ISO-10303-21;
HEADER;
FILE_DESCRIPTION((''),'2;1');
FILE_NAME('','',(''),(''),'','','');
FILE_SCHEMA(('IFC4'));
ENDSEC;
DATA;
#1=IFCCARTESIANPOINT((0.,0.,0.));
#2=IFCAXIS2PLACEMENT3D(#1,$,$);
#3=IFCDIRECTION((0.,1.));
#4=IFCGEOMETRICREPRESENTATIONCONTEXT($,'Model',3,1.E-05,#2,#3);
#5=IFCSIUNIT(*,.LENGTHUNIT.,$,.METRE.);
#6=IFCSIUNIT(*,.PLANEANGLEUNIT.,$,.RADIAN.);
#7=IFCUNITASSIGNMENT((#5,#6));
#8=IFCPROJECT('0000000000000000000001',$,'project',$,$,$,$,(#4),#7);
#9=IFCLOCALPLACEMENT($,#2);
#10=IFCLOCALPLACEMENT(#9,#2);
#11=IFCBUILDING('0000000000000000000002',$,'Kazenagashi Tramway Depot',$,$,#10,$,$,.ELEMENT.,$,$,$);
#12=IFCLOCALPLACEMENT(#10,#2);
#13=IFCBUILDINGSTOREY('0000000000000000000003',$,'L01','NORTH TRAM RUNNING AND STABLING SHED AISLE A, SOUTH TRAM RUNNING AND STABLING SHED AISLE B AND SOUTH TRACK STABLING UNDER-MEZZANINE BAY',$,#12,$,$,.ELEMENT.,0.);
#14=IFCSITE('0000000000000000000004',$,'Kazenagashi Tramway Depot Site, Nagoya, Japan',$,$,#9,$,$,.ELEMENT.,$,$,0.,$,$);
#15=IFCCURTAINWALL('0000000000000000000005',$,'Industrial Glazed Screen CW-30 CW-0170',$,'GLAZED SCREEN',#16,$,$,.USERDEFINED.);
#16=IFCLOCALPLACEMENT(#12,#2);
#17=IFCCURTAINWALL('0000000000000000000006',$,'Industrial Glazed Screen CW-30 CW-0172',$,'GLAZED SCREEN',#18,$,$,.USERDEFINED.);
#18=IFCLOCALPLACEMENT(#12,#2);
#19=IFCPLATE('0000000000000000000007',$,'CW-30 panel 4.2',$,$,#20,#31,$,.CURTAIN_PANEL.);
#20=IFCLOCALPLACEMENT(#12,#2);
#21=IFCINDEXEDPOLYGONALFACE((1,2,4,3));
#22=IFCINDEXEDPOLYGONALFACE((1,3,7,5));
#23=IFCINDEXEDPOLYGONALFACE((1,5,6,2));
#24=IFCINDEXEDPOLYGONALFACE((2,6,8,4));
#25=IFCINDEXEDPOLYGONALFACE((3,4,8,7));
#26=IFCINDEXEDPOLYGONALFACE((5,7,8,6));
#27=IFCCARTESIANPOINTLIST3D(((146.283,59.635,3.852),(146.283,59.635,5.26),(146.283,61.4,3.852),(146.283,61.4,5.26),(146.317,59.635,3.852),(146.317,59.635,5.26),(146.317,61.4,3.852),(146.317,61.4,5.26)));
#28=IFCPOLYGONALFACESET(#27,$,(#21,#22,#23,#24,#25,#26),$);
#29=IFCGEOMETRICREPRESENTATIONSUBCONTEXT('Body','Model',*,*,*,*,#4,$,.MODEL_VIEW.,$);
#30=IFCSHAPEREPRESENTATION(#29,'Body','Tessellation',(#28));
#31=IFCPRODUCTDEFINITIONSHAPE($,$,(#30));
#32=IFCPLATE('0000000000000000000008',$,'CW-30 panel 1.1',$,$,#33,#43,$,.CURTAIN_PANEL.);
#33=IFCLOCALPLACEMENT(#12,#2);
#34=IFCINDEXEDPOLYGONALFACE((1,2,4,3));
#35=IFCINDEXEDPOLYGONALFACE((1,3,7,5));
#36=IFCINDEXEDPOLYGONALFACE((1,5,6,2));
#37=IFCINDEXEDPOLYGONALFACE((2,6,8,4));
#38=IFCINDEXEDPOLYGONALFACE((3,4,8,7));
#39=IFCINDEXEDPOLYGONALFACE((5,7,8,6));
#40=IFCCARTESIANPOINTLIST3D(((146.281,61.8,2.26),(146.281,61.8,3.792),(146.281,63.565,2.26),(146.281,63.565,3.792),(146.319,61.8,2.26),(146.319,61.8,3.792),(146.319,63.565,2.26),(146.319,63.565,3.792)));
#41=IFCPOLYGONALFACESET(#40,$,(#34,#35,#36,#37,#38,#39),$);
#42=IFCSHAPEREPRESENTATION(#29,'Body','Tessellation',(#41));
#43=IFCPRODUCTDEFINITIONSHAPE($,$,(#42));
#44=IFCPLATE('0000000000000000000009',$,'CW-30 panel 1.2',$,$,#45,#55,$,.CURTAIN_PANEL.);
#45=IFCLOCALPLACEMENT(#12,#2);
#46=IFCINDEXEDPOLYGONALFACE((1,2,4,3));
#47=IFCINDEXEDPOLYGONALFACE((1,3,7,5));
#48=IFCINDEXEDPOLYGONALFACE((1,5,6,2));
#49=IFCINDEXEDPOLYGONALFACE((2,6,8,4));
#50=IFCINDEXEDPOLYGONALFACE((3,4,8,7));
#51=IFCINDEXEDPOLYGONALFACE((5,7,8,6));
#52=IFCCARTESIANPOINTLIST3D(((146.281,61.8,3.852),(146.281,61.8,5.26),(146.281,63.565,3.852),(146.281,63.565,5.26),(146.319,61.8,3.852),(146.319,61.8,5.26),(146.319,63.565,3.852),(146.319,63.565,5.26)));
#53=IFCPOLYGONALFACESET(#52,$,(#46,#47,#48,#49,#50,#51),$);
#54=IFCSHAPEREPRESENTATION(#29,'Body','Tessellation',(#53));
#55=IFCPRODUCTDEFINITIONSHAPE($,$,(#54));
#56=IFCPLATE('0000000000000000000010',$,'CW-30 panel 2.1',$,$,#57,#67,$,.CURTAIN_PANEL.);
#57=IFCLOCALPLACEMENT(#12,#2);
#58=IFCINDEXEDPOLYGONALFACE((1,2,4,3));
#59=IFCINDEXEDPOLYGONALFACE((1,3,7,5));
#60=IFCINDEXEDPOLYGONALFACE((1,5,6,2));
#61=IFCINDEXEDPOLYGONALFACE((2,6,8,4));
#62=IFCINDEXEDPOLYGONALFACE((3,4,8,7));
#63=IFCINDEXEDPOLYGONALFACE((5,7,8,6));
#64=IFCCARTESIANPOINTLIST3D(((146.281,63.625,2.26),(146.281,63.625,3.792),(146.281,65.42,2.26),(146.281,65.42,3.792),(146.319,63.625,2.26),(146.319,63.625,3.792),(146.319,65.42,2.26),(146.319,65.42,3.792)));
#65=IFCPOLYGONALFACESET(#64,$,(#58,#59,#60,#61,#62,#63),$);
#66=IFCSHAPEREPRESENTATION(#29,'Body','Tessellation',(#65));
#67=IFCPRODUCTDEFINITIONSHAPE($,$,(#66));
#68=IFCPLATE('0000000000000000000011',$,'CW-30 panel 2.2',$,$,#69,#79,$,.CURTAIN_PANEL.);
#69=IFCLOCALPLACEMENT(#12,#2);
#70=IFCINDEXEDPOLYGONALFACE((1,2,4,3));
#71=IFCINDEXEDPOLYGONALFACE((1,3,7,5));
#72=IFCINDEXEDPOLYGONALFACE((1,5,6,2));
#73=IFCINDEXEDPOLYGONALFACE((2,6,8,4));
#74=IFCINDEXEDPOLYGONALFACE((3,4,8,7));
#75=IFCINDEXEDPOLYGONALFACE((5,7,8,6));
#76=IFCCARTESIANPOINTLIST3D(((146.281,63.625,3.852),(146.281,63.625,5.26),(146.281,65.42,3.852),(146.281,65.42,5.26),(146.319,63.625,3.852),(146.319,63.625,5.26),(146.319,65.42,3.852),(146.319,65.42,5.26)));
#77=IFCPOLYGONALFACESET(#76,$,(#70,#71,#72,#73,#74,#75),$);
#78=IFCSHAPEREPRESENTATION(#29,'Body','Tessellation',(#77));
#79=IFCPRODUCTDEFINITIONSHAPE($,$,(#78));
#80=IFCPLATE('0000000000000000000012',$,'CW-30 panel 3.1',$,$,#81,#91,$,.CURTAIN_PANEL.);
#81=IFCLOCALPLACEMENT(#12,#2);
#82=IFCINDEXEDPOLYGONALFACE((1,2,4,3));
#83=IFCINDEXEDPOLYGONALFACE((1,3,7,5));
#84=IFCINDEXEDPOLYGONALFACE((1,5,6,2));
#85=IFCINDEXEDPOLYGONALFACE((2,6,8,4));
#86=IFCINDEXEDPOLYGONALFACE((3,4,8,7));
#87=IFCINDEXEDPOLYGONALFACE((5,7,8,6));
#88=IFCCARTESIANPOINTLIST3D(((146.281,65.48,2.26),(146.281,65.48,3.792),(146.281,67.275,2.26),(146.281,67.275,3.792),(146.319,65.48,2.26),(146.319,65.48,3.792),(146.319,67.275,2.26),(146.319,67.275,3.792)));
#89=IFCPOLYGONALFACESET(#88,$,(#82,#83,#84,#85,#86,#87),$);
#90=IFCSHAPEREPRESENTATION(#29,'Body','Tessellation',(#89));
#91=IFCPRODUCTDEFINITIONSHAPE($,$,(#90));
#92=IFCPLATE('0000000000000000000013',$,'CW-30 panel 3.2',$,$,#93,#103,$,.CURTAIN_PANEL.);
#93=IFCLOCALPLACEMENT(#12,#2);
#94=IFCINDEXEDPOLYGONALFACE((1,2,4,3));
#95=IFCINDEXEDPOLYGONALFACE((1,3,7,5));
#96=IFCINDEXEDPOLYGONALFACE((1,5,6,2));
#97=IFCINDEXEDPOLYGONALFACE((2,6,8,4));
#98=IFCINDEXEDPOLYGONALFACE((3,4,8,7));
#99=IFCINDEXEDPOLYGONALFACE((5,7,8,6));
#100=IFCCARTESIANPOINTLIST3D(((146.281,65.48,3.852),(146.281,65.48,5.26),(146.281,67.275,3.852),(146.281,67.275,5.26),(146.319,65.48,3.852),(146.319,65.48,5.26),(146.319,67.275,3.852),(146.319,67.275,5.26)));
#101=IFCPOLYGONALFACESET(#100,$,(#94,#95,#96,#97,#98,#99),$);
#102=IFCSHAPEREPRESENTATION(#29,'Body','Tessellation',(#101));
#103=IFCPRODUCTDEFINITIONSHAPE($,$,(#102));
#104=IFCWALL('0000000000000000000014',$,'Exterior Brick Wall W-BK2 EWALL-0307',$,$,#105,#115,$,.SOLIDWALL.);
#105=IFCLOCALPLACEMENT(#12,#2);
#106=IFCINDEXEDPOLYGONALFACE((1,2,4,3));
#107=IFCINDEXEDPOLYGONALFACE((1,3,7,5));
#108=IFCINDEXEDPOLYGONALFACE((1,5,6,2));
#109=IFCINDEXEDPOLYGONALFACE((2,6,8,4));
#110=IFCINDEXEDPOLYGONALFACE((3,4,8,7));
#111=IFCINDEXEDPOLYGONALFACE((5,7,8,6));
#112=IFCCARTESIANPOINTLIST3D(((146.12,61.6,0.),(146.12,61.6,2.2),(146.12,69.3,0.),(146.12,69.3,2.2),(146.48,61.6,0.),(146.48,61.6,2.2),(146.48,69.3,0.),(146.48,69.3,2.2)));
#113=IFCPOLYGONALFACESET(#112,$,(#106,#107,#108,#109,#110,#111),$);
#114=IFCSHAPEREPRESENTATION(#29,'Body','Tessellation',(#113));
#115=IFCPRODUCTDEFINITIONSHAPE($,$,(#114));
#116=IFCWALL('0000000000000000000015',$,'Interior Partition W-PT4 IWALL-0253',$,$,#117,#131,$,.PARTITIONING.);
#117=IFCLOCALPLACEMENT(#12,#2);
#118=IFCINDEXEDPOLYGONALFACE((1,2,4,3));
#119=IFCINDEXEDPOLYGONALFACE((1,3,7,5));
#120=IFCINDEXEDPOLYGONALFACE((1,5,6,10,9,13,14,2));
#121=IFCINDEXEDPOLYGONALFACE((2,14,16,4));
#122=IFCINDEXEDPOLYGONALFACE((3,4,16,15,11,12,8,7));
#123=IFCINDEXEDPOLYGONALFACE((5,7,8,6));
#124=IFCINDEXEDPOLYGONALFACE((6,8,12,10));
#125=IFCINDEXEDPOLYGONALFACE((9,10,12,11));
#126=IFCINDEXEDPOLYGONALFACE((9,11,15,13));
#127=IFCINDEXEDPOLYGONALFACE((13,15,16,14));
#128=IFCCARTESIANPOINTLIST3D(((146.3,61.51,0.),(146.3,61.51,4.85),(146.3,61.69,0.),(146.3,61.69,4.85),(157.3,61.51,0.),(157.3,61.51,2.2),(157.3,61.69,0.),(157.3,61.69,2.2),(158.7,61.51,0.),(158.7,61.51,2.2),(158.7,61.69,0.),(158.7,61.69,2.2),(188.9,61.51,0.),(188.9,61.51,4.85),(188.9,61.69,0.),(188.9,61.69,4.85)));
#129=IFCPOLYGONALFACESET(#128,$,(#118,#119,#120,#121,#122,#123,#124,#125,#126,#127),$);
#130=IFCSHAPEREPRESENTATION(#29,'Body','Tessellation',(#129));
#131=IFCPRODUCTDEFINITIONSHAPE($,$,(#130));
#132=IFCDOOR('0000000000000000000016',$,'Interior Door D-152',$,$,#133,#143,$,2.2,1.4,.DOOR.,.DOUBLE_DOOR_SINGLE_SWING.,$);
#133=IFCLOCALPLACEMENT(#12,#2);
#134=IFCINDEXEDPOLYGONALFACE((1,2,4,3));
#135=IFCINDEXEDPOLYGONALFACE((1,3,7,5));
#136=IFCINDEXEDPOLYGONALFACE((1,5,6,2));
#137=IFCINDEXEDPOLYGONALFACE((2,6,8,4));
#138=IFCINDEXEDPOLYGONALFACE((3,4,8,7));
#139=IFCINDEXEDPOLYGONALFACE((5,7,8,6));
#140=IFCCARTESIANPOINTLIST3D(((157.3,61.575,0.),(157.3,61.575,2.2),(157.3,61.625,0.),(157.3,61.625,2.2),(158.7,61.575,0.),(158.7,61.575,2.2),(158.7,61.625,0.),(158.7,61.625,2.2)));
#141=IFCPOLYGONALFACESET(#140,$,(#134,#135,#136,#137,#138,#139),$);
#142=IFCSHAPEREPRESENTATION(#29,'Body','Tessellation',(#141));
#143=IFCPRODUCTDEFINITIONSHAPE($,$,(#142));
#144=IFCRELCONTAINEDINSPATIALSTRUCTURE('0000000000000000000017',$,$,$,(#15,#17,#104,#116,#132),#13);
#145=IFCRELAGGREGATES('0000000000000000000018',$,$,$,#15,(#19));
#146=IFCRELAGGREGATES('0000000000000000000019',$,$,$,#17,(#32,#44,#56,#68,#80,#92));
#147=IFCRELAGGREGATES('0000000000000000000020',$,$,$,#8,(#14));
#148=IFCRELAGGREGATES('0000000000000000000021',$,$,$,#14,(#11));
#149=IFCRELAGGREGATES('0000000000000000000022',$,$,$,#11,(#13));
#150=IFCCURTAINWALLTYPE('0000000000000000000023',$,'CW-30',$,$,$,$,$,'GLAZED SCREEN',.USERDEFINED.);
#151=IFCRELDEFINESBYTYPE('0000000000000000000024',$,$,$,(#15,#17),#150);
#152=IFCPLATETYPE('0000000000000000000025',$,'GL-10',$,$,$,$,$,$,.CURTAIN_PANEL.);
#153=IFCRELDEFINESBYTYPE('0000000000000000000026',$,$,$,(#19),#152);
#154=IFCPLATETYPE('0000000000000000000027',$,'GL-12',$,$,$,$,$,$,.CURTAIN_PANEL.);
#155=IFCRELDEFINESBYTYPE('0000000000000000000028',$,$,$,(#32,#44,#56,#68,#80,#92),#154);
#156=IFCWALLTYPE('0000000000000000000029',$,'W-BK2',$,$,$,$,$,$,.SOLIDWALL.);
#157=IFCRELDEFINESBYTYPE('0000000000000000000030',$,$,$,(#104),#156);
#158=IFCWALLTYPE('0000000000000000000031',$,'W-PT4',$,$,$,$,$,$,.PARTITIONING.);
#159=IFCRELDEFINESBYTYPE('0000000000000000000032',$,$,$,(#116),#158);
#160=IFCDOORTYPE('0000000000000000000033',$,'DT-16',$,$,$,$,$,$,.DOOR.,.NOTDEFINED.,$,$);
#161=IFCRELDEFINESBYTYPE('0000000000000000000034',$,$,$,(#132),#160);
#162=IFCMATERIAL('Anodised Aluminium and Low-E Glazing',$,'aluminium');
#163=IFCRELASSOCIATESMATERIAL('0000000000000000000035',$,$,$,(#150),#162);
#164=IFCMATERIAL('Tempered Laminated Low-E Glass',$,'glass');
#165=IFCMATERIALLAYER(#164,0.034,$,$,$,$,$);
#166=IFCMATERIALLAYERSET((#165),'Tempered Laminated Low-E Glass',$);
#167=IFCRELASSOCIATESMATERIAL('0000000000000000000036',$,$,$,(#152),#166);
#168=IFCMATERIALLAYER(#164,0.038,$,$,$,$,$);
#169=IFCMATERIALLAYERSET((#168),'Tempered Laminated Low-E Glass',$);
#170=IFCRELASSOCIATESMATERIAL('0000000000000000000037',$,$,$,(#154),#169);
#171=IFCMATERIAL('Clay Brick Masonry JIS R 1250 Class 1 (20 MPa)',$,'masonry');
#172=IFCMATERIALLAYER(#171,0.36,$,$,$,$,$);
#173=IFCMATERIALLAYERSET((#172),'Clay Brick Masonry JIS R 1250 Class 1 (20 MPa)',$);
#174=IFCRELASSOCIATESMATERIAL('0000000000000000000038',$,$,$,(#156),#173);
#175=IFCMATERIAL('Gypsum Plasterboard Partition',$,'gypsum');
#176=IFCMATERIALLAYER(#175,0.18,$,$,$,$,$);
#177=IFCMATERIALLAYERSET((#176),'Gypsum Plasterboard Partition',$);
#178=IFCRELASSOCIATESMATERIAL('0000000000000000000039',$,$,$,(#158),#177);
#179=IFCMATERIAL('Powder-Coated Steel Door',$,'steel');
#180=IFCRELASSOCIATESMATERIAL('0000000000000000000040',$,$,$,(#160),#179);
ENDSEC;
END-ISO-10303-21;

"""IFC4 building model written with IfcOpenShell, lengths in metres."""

from ifc_helpers import new_model, si_unit, direction, frame, frame_2d, origin, origin_2d, place, context, subcontext, project, spatial, rectangle, extrude, material, layer, layer_set, type_object, element, fill, aggregate, save


model = new_model("IFC4")

# Units and contexts
model_context = context("Model", 3, precision=1e-05, world=origin(), true_north=direction((0.0, 1.0)))
body_context = subcontext(model_context, "Body", "Model", "MODEL_VIEW")
ifc_project = project(units=[si_unit("LENGTHUNIT", "METRE"), si_unit("PLANEANGLEUNIT", "RADIAN")], contexts=[model_context])

# Site, building, storey
site_placement = place(None, origin())
site = spatial("IfcSite", under=ifc_project, at=site_placement, Name="Kazenagashi Tramway Depot Site, Nagoya, Japan", CompositionType="ELEMENT", RefElevation=0.0)
building_placement = place(site_placement, origin())
building = spatial("IfcBuilding", under=site, at=building_placement, Name="Kazenagashi Tramway Depot", CompositionType="ELEMENT")
storey_placement = place(building_placement, origin())
storey = spatial("IfcBuildingStorey", under=building, at=storey_placement, Name="L01", Description="NORTH TRAM RUNNING AND STABLING SHED AISLE A, SOUTH TRAM RUNNING AND STABLING SHED AISLE B AND SOUTH TRACK STABLING UNDER-MEZZANINE BAY", CompositionType="ELEMENT", Elevation=0.0)

# Curtain wall
ifc_material_1 = material(Name="Anodised Aluminium and Low-E Glazing", Category="aluminium")
curtain_wall_type = type_object("IfcCurtainWallType", Name="CW-30", ElementType="GLAZED SCREEN", PredefinedType="USERDEFINED", material=ifc_material_1)
curtain_wall_1_placement = place(storey_placement, origin())
curtain_wall_1 = element("IfcCurtainWall", 1, at=curtain_wall_1_placement, inside=storey, type_object=curtain_wall_type, Name="Industrial Glazed Screen CW-30 CW-0170", ObjectType="GLAZED SCREEN", PredefinedType="USERDEFINED")

# Curtain wall
curtain_wall_2_placement = place(storey_placement, origin())
curtain_wall_2 = element("IfcCurtainWall", 2, at=curtain_wall_2_placement, inside=storey, type_object=curtain_wall_type, Name="Industrial Glazed Screen CW-30 CW-0172", ObjectType="GLAZED SCREEN", PredefinedType="USERDEFINED")

# Plates
ifc_material_2 = material(Name="Tempered Laminated Low-E Glass", Category="glass")
ifc_layer_1 = layer(ifc_material_2, 0.034)
ifc_layer_set_1 = layer_set([ifc_layer_1], Name="Tempered Laminated Low-E Glass")
plate_type_1 = type_object("IfcPlateType", Name="GL-10", PredefinedType="CURTAIN_PANEL", material=ifc_layer_set_1)
plate_1_placement = place(storey_placement, frame((146.3, 60.5175, 3.852), z_axis=(0.0, 0.0, 1.0), x_axis=(0.0, 1.0, 0.0)))
plate_1 = element("IfcPlate", 3, at=plate_1_placement, type_object=plate_type_1, Name="CW-30 panel 4.2", PredefinedType="CURTAIN_PANEL", context=body_context, shape_type="SweptSolid", body=[
    extrude(rectangle(XDim=1.765, YDim=0.034, at=origin_2d()), origin(), (0.0, 0.0, 1.0), 1.408),
])
aggregate(curtain_wall_1, [plate_1])
ifc_layer_2 = layer(ifc_material_2, 0.038)
ifc_layer_set_2 = layer_set([ifc_layer_2], Name="Tempered Laminated Low-E Glass")
plate_type_2 = type_object("IfcPlateType", Name="GL-12", PredefinedType="CURTAIN_PANEL", material=ifc_layer_set_2)
plate_2_placement = place(storey_placement, frame((146.3, 62.6825, 2.26), z_axis=(0.0, 0.0, 1.0), x_axis=(0.0, 1.0, 0.0)))
plate_2 = element("IfcPlate", 4, at=plate_2_placement, type_object=plate_type_2, Name="CW-30 panel 1.1", PredefinedType="CURTAIN_PANEL", context=body_context, shape_type="SweptSolid", body=[
    extrude(rectangle(XDim=1.765, YDim=0.038, at=origin_2d()), origin(), (0.0, 0.0, 1.0), 1.532),
])
plate_3_placement = place(storey_placement, frame((146.3, 62.6825, 3.852), z_axis=(0.0, 0.0, 1.0), x_axis=(0.0, 1.0, 0.0)))
plate_3 = element("IfcPlate", 5, at=plate_3_placement, type_object=plate_type_2, Name="CW-30 panel 1.2", PredefinedType="CURTAIN_PANEL", context=body_context, shape_type="SweptSolid", body=[
    extrude(rectangle(XDim=1.765, YDim=0.038, at=origin_2d()), origin(), (0.0, 0.0, 1.0), 1.408),
])
plate_4_placement = place(storey_placement, frame((146.3, 64.5225, 2.26), z_axis=(0.0, 0.0, 1.0), x_axis=(0.0, 1.0, 0.0)))
plate_4 = element("IfcPlate", 6, at=plate_4_placement, type_object=plate_type_2, Name="CW-30 panel 2.1", PredefinedType="CURTAIN_PANEL", context=body_context, shape_type="SweptSolid", body=[
    extrude(rectangle(XDim=1.795, YDim=0.038, at=origin_2d()), origin(), (0.0, 0.0, 1.0), 1.532),
])
plate_5_placement = place(storey_placement, frame((146.3, 64.5225, 3.852), z_axis=(0.0, 0.0, 1.0), x_axis=(0.0, 1.0, 0.0)))
plate_5 = element("IfcPlate", 7, at=plate_5_placement, type_object=plate_type_2, Name="CW-30 panel 2.2", PredefinedType="CURTAIN_PANEL", context=body_context, shape_type="SweptSolid", body=[
    extrude(rectangle(XDim=1.795, YDim=0.038, at=origin_2d()), origin(), (0.0, 0.0, 1.0), 1.408),
])
plate_6_placement = place(storey_placement, frame((146.3, 66.3775, 2.26), z_axis=(0.0, 0.0, 1.0), x_axis=(0.0, 1.0, 0.0)))
plate_6 = element("IfcPlate", 8, at=plate_6_placement, type_object=plate_type_2, Name="CW-30 panel 3.1", PredefinedType="CURTAIN_PANEL", context=body_context, shape_type="SweptSolid", body=[
    extrude(rectangle(XDim=1.795, YDim=0.038, at=origin_2d()), origin(), (0.0, 0.0, 1.0), 1.532),
])
plate_7_placement = place(storey_placement, frame((146.3, 66.3775, 3.852), z_axis=(0.0, 0.0, 1.0), x_axis=(0.0, 1.0, 0.0)))
plate_7 = element("IfcPlate", 9, at=plate_7_placement, type_object=plate_type_2, Name="CW-30 panel 3.2", PredefinedType="CURTAIN_PANEL", context=body_context, shape_type="SweptSolid", body=[
    extrude(rectangle(XDim=1.795, YDim=0.038, at=origin_2d()), origin(), (0.0, 0.0, 1.0), 1.408),
])
aggregate(curtain_wall_2, [plate_2, plate_3, plate_4, plate_5, plate_6, plate_7])

# Wall
ifc_material_3 = material(Name="Clay Brick Masonry JIS R 1250 Class 1 (20 MPa)", Category="masonry")
ifc_layer_3 = layer(ifc_material_3, 0.36)
ifc_layer_set_3 = layer_set([ifc_layer_3], Name="Clay Brick Masonry JIS R 1250 Class 1 (20 MPa)")
wall_type_1 = type_object("IfcWallType", Name="W-BK2", PredefinedType="SOLIDWALL", material=ifc_layer_set_3)
wall_1_placement = place(storey_placement, frame((146.3, 61.6, 0.0), z_axis=(0.0, 0.0, 1.0), x_axis=(0.0, 1.0, 0.0)))
element("IfcWall", 10, at=wall_1_placement, inside=storey, type_object=wall_type_1, Name="Exterior Brick Wall W-BK2 EWALL-0307", PredefinedType="SOLIDWALL", context=body_context, shape_type="SweptSolid", body=[
    extrude(rectangle(XDim=7.7, YDim=0.36, at=frame_2d((3.85, 0.0))), origin(), (0.0, 0.0, 1.0), 2.2),
])

# Wall, opening, door
ifc_material_4 = material(Name="Gypsum Plasterboard Partition", Category="gypsum")
ifc_layer_4 = layer(ifc_material_4, 0.18)
ifc_layer_set_4 = layer_set([ifc_layer_4], Name="Gypsum Plasterboard Partition")
wall_type_2 = type_object("IfcWallType", Name="W-PT4", PredefinedType="PARTITIONING", material=ifc_layer_set_4)
wall_2_placement = place(storey_placement, frame((146.3, 61.6, 0.0), z_axis=(0.0, 0.0, 1.0), x_axis=(1.0, 0.0, 0.0)))
wall_2 = element("IfcWall", 11, at=wall_2_placement, inside=storey, type_object=wall_type_2, Name="Interior Partition W-PT4 IWALL-0253", PredefinedType="PARTITIONING", context=body_context, shape_type="SweptSolid", body=[
    extrude(rectangle(XDim=42.6, YDim=0.18, at=frame_2d((21.3, 0.0))), origin(), (0.0, 0.0, 1.0), 4.85),
])
opening_placement = place(wall_2_placement, frame((11.0, 0.0, 0.0)))
opening = element("IfcOpeningElement", 12, at=opening_placement, cuts=wall_2, PredefinedType="OPENING", context=body_context, shape_type="SweptSolid", body=[
    extrude(rectangle(XDim=1.4, YDim=2.2, at=frame_2d((0.7, 1.1))), frame((0.0, 0.1, 0.0), z_axis=(0.0, -1.0, 0.0), x_axis=(1.0, 0.0, 0.0)), (0.0, 0.0, 1.0), 0.2),
])
ifc_material_5 = material(Name="Powder-Coated Steel Door", Category="steel")
door_type = type_object("IfcDoorType", Name="DT-16", OperationType="NOTDEFINED", PredefinedType="DOOR", material=ifc_material_5)
door_placement = place(opening_placement, origin())
door = element("IfcDoor", 13, at=door_placement, inside=storey, type_object=door_type, Name="Interior Door D-152", OperationType="DOUBLE_DOOR_SINGLE_SWING", OverallHeight=2.2, OverallWidth=1.4, PredefinedType="DOOR", context=body_context, shape_type="SweptSolid", body=[
    extrude(rectangle(XDim=1.4, YDim=2.2, at=frame_2d((0.7, 1.1))), frame((0.0, 0.025, 0.0), z_axis=(0.0, -1.0, 0.0), x_axis=(1.0, 0.0, 0.0)), (0.0, 0.0, 1.0), 0.05),
])
fill(opening, door)

save(model, "model.ifc")
